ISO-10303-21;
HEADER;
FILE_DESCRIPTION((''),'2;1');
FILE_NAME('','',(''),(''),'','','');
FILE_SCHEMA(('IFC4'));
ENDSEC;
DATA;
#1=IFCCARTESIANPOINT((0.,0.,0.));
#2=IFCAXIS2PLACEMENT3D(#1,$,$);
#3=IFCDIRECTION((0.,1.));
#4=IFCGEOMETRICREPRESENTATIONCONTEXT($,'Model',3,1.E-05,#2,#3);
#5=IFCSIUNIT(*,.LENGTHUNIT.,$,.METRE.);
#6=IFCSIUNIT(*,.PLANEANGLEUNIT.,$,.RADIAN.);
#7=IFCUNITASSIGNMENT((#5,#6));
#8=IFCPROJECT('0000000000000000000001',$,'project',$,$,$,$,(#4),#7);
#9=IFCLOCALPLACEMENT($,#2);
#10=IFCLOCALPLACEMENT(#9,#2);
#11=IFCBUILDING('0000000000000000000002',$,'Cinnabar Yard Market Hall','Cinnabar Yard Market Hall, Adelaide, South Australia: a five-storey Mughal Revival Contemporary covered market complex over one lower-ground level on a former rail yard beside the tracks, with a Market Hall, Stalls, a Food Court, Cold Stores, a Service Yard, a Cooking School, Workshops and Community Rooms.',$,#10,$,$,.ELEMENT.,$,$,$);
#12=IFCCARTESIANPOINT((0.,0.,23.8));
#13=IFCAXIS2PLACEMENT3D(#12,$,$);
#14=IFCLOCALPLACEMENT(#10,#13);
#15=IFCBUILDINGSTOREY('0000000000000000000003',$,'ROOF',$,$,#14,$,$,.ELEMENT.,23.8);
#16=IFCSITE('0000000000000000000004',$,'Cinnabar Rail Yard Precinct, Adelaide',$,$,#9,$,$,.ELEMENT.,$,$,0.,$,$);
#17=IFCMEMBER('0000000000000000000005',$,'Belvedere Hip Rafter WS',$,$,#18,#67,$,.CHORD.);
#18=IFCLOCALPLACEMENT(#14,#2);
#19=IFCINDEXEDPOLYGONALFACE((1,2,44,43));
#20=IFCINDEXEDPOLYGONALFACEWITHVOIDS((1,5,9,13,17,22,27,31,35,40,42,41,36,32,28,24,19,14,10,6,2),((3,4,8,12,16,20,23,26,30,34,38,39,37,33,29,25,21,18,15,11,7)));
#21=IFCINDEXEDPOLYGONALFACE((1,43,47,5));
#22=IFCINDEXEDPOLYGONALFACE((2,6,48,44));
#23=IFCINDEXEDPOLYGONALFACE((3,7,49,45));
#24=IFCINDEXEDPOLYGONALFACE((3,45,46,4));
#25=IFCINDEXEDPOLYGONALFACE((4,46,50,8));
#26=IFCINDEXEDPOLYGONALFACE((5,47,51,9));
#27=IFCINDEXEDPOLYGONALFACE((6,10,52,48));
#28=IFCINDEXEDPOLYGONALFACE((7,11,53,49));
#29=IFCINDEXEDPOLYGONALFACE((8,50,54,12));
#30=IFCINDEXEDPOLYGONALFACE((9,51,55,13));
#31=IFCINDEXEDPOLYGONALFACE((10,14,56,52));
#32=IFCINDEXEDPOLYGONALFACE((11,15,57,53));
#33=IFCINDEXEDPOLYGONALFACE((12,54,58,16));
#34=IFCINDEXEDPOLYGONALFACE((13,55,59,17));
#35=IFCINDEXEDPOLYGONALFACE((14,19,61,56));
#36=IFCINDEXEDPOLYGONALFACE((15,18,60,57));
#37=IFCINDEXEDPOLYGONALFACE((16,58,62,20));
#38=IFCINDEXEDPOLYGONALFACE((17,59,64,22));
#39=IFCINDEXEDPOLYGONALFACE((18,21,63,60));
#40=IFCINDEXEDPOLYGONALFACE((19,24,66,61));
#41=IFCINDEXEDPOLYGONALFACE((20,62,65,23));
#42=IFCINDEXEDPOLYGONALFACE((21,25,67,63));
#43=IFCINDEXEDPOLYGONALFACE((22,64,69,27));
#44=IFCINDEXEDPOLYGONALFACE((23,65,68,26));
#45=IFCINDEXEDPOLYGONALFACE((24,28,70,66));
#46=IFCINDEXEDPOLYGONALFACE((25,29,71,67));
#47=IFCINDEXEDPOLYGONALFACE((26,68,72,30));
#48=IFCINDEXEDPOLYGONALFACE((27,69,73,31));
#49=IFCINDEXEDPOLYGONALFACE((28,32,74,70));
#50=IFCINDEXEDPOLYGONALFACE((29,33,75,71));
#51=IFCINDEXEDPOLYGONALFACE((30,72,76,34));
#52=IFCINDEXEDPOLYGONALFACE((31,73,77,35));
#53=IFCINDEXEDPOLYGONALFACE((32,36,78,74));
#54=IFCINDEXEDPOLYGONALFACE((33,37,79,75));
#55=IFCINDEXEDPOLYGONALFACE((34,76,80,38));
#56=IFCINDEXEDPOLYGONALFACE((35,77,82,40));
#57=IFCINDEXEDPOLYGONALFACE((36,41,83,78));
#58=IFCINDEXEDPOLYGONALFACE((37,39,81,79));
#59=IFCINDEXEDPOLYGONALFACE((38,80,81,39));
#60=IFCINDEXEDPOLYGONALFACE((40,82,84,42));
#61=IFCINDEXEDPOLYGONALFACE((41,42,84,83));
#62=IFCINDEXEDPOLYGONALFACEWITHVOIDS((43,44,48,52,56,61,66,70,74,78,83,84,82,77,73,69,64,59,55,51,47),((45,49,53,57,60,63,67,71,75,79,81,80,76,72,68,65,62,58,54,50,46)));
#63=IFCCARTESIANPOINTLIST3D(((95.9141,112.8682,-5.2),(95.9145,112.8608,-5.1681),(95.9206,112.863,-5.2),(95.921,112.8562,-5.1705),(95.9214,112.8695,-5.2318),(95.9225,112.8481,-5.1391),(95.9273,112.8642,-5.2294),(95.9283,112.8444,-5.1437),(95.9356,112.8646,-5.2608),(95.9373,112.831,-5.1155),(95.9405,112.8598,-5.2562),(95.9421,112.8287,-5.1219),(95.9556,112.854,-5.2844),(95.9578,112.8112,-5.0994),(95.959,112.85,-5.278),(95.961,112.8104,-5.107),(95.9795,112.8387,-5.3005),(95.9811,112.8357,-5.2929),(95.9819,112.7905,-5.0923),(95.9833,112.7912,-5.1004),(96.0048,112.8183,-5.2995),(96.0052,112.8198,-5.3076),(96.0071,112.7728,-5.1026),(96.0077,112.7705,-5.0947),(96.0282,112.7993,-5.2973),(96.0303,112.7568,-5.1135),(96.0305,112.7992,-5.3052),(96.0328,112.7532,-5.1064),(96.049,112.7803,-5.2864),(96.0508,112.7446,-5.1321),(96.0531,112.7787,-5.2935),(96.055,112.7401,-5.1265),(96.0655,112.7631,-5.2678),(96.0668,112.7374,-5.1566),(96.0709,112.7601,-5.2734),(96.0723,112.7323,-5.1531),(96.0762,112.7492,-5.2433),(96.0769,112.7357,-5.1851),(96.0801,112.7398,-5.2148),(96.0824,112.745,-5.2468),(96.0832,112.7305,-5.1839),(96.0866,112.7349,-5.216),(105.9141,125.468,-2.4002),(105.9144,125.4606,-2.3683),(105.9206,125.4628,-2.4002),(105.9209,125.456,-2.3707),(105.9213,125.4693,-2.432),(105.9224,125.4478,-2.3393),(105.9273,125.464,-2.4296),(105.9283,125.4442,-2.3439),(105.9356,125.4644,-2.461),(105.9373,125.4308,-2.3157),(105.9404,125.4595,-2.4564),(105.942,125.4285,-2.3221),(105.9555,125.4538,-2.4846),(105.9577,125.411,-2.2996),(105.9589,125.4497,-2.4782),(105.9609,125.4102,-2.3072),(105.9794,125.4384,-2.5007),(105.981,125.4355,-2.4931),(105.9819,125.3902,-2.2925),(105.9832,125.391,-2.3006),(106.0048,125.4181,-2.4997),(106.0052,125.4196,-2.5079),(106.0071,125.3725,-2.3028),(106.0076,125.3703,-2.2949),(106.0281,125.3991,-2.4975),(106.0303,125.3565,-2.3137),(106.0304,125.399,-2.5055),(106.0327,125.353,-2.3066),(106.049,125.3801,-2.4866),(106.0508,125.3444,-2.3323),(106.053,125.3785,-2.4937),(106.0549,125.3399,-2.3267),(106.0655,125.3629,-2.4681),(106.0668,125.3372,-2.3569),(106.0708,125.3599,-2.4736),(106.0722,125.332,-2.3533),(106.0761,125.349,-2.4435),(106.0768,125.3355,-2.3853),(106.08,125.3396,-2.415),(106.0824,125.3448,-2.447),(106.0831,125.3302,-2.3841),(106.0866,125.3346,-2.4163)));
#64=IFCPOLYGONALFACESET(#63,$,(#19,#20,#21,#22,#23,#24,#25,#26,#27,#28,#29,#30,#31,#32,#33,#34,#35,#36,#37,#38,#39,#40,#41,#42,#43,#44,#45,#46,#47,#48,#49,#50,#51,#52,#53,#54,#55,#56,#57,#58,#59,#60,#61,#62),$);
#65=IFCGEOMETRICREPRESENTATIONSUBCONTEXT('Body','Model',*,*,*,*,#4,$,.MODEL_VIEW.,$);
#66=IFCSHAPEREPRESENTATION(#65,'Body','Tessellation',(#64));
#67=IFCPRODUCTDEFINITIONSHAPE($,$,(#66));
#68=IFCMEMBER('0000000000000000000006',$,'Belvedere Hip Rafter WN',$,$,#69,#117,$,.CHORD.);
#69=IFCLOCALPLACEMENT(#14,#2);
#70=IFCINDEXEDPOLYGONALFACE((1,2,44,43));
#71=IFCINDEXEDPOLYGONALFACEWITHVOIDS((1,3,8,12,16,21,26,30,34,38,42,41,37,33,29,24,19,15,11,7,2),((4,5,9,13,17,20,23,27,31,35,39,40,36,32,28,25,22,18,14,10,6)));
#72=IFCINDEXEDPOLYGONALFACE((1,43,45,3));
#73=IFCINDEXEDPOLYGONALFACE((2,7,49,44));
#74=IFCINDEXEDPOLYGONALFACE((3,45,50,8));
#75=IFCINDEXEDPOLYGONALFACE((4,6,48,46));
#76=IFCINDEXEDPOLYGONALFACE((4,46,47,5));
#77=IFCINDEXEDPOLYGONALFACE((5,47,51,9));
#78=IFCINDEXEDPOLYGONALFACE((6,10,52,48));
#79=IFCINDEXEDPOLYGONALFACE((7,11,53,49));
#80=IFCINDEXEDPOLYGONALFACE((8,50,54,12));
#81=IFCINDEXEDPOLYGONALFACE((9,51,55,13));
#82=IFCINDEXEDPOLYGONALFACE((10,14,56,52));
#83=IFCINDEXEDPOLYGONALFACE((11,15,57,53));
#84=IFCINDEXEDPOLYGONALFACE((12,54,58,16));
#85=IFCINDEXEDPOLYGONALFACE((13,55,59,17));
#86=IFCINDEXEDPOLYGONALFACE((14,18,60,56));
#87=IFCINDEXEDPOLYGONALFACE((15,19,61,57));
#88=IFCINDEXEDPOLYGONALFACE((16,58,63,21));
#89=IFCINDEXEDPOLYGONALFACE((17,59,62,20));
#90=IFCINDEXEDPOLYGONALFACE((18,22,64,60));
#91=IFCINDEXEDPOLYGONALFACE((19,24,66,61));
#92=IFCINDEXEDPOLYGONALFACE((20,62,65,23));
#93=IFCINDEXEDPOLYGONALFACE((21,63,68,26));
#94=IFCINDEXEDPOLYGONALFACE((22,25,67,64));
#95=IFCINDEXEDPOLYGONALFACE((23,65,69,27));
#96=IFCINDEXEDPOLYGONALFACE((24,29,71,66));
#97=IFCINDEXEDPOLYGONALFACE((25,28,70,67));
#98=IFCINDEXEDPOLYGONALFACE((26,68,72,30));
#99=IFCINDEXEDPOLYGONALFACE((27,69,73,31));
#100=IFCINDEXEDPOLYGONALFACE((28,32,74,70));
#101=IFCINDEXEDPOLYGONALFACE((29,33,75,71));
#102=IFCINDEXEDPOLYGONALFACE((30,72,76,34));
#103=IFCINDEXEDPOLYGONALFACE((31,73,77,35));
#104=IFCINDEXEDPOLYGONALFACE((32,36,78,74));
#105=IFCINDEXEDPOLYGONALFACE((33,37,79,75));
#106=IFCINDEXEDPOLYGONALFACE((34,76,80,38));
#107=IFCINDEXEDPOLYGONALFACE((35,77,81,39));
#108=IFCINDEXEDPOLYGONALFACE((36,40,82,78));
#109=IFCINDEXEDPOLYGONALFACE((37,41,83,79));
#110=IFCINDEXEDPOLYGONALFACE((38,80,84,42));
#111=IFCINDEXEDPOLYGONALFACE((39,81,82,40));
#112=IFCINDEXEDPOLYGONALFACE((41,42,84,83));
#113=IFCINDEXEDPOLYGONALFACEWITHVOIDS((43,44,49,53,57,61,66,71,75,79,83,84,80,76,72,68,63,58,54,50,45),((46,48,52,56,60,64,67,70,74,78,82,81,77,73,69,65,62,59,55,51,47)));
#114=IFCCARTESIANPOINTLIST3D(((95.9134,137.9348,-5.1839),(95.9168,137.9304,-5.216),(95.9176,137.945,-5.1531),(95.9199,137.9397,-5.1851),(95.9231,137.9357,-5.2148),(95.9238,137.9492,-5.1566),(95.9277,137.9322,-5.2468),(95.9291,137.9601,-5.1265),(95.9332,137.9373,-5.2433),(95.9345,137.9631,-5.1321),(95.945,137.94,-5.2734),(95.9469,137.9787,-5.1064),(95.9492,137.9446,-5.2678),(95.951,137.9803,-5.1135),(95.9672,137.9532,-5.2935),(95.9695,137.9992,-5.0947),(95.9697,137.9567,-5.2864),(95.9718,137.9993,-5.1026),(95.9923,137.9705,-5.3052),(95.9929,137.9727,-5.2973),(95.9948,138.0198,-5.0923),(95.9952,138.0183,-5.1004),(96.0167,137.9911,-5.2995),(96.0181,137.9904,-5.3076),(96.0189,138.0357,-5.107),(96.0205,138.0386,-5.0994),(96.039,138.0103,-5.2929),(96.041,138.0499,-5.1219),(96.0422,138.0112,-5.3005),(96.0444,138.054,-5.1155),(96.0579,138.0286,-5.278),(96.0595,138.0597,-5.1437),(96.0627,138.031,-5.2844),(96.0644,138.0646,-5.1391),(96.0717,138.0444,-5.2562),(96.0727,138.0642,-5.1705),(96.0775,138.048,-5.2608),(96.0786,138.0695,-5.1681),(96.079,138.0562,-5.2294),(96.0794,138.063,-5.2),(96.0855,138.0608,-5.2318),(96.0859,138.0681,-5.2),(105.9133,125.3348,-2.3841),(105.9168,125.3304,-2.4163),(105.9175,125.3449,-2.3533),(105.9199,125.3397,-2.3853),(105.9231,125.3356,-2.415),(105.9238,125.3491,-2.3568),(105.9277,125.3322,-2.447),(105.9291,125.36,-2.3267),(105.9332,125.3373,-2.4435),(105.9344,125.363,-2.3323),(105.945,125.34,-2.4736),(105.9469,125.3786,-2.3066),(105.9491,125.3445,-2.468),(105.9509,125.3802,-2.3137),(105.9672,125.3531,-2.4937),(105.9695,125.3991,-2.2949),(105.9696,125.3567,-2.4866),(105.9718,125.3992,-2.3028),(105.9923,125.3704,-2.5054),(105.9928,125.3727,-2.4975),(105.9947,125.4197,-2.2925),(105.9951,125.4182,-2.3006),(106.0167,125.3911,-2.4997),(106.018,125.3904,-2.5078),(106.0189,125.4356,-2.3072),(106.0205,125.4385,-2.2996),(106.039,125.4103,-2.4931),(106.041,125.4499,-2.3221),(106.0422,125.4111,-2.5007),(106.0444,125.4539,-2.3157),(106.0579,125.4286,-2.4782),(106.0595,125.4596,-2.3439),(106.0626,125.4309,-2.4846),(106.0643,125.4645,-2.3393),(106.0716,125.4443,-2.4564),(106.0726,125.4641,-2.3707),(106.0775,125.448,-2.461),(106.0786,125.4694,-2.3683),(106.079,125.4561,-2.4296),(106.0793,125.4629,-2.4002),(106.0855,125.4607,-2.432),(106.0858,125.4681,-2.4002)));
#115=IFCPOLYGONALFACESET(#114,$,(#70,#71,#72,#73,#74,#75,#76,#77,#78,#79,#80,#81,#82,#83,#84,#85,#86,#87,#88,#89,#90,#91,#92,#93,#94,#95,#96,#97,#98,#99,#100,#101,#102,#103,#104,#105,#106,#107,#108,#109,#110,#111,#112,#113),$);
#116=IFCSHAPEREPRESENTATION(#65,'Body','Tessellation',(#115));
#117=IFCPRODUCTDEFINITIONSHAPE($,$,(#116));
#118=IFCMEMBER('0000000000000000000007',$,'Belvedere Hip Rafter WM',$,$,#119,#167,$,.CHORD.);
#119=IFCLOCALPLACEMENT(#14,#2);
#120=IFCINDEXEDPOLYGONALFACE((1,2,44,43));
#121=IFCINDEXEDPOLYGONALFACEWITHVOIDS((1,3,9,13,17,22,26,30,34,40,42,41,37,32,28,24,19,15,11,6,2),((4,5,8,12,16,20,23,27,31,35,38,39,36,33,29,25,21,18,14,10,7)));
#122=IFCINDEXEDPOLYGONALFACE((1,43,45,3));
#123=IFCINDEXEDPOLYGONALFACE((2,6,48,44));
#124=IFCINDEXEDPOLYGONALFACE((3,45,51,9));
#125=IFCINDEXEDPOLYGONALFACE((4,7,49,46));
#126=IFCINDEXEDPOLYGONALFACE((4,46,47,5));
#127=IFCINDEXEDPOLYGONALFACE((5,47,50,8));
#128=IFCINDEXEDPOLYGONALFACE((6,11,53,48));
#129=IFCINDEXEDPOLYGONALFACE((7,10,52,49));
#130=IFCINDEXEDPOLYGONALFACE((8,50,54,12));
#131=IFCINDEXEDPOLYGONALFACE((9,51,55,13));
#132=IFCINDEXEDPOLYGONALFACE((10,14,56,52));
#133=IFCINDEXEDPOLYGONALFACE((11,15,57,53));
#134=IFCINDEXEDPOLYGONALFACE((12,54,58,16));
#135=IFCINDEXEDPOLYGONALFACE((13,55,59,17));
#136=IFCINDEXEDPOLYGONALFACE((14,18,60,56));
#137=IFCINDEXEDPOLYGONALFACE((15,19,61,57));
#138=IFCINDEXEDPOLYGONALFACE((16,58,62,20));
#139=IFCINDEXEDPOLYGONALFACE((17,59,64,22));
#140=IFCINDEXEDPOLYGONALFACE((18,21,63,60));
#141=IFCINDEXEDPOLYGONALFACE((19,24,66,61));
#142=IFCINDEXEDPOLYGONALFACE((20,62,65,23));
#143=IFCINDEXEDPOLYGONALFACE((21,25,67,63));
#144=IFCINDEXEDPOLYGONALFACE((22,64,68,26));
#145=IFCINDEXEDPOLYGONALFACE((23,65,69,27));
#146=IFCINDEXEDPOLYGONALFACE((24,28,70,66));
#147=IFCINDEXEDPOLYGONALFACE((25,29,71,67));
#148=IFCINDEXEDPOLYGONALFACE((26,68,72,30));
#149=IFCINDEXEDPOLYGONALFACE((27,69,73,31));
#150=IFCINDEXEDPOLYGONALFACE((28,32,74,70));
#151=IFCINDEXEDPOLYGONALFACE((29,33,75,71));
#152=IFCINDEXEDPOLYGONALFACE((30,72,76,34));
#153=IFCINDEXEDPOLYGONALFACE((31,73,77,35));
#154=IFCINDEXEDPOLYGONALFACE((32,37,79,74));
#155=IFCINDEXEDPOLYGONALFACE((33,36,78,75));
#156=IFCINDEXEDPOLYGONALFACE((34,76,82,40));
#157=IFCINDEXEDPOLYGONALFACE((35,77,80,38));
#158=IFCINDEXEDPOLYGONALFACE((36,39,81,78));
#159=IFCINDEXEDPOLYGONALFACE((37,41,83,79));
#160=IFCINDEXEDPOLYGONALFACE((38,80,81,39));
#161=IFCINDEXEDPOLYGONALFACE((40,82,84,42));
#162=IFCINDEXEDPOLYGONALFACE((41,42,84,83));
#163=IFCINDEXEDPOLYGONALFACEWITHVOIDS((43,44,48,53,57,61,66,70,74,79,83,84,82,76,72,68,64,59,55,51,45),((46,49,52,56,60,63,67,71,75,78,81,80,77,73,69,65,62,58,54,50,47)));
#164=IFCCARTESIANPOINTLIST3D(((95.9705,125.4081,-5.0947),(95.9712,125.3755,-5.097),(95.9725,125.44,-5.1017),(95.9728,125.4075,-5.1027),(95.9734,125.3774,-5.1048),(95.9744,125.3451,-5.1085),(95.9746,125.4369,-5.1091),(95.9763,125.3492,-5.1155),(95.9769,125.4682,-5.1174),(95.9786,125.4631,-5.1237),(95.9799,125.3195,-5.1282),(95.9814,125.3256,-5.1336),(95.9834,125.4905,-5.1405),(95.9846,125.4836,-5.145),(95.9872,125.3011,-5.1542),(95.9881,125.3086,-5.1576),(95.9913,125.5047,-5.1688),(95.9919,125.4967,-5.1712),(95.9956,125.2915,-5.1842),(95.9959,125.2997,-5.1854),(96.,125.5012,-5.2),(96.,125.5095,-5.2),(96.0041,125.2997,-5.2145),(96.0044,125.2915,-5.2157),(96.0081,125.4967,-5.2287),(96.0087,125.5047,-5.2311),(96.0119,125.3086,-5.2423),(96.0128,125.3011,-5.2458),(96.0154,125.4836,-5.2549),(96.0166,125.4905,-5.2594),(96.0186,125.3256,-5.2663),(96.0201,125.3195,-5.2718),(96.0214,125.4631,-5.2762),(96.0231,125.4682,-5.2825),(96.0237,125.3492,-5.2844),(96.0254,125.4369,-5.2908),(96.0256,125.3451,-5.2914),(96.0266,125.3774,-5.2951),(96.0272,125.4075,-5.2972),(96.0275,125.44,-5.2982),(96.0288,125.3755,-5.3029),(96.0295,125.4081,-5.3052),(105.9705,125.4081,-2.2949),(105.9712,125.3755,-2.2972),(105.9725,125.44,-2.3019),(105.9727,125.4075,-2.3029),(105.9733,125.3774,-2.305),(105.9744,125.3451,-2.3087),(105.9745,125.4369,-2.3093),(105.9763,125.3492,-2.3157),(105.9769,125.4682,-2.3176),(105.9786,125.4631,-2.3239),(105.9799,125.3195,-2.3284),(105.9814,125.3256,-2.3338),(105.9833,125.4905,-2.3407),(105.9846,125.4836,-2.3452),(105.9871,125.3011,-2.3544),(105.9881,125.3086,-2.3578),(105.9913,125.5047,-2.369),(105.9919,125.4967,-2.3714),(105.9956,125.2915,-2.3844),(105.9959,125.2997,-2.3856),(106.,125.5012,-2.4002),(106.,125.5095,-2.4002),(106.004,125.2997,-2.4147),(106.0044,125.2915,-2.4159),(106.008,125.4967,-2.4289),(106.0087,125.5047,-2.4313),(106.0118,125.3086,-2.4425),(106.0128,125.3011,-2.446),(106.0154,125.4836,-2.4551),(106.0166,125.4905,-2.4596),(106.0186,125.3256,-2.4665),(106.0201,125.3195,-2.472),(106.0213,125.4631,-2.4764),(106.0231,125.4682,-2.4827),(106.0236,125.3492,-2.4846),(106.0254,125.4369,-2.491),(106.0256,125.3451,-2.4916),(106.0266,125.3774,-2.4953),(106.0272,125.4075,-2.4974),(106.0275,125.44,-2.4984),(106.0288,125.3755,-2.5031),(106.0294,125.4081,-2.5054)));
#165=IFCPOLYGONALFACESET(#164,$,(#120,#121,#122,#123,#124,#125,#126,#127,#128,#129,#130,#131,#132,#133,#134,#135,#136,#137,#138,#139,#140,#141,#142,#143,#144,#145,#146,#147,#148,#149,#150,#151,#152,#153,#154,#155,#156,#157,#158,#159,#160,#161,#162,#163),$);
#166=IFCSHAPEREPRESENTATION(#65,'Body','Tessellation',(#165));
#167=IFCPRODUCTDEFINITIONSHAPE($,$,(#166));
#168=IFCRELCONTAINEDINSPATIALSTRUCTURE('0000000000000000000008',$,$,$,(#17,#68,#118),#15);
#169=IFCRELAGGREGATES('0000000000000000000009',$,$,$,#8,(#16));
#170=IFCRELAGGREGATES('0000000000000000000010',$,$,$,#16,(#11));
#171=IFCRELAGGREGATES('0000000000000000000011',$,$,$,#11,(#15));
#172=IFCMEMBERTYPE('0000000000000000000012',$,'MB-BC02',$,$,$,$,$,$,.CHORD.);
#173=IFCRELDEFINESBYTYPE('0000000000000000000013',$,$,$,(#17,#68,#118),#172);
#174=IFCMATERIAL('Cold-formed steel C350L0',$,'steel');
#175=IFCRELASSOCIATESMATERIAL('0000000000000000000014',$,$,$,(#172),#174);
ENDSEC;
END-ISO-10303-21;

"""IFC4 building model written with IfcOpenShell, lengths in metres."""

from ifc_helpers import new_model, si_unit, direction, frame, origin, origin_2d_with_axis, place, context, subcontext, project, spatial, hollow_circle, extrude, material, material_profile, profile_set, type_object, element, save


model = new_model("IFC4")

# Units and contexts
model_context = context("Model", 3, precision=1e-05, world=origin(), true_north=direction((0.0, 1.0)))
body_context = subcontext(model_context, "Body", "Model", "MODEL_VIEW")
ifc_project = project(units=[si_unit("LENGTHUNIT", "METRE"), si_unit("PLANEANGLEUNIT", "RADIAN")], contexts=[model_context])

# Site, building, storey
site_placement = place(None, origin())
site = spatial("IfcSite", under=ifc_project, at=site_placement, Name="Cinnabar Rail Yard Precinct, Adelaide", CompositionType="ELEMENT", RefElevation=0.0)
building_placement = place(site_placement, origin())
building = spatial("IfcBuilding", under=site, at=building_placement, Name="Cinnabar Yard Market Hall", Description="Cinnabar Yard Market Hall, Adelaide, South Australia: a five-storey Mughal Revival Contemporary covered market complex over one lower-ground level on a former rail yard beside the tracks, with a Market Hall, Stalls, a Food Court, Cold Stores, a Service Yard, a Cooking School, Workshops and Community Rooms.", CompositionType="ELEMENT")
storey_placement = place(building_placement, frame((0.0, 0.0, 23.8)))
storey = spatial("IfcBuildingStorey", under=building, at=storey_placement, Name="ROOF", CompositionType="ELEMENT", Elevation=23.8)

# Shared definitions
ifc_material_1 = material(Name="Cold-formed steel C350L0", Category="steel")

# Members
ifc_material_profile_1 = material_profile(ifc_material_1, hollow_circle(Radius=0.1096, WallThickness=0.0083, at=origin_2d_with_axis()), Name="219.1x8.2CHS")
ifc_profile_set_1 = profile_set([ifc_material_profile_1], Name="Cold-formed steel C350L0")
member_type_1 = type_object("IfcMemberType", Name="MB-BC02", PredefinedType="CHORD", material=ifc_profile_set_1)
member_1_placement = place(storey_placement, frame((96.0, 112.8, -5.2), z_axis=(0.612454, 0.771684, 0.171475), x_axis=(-0.783285, 0.621662, 0.0)))
element("IfcMember", 1, at=member_1_placement, inside=storey, type_object=member_type_1, Name="Belvedere Hip Rafter WS", PredefinedType="CHORD", context=body_context, shape_type="SweptSolid", body=[
    extrude(hollow_circle(Radius=0.1096, WallThickness=0.0083, at=origin_2d_with_axis()), origin(), (0.0, 0.0, 1.0), 16.3276),
])
member_2_placement = place(storey_placement, frame((96.0, 138.0, -5.2), z_axis=(0.612447, -0.77169, 0.171473), x_axis=(0.783291, 0.621655, 0.0)))
element("IfcMember", 2, at=member_2_placement, inside=storey, type_object=member_type_1, Name="Belvedere Hip Rafter WN", PredefinedType="CHORD", context=body_context, shape_type="SweptSolid", body=[
    extrude(hollow_circle(Radius=0.1096, WallThickness=0.0083, at=origin_2d_with_axis()), origin(), (0.0, 0.0, 1.0), 16.3279),
])
member_3_placement = place(storey_placement, frame((96.0, 125.3999, -5.2), z_axis=(0.962969, 0.0, 0.269612), x_axis=(0.0, 1.0, 0.0)))
element("IfcMember", 3, at=member_3_placement, inside=storey, type_object=member_type_1, Name="Belvedere Hip Rafter WM", PredefinedType="CHORD", context=body_context, shape_type="SweptSolid", body=[
    extrude(hollow_circle(Radius=0.1096, WallThickness=0.0083, at=origin_2d_with_axis()), origin(), (0.0, 0.0, 1.0), 10.3845),
])

save(model, "model.ifc")
